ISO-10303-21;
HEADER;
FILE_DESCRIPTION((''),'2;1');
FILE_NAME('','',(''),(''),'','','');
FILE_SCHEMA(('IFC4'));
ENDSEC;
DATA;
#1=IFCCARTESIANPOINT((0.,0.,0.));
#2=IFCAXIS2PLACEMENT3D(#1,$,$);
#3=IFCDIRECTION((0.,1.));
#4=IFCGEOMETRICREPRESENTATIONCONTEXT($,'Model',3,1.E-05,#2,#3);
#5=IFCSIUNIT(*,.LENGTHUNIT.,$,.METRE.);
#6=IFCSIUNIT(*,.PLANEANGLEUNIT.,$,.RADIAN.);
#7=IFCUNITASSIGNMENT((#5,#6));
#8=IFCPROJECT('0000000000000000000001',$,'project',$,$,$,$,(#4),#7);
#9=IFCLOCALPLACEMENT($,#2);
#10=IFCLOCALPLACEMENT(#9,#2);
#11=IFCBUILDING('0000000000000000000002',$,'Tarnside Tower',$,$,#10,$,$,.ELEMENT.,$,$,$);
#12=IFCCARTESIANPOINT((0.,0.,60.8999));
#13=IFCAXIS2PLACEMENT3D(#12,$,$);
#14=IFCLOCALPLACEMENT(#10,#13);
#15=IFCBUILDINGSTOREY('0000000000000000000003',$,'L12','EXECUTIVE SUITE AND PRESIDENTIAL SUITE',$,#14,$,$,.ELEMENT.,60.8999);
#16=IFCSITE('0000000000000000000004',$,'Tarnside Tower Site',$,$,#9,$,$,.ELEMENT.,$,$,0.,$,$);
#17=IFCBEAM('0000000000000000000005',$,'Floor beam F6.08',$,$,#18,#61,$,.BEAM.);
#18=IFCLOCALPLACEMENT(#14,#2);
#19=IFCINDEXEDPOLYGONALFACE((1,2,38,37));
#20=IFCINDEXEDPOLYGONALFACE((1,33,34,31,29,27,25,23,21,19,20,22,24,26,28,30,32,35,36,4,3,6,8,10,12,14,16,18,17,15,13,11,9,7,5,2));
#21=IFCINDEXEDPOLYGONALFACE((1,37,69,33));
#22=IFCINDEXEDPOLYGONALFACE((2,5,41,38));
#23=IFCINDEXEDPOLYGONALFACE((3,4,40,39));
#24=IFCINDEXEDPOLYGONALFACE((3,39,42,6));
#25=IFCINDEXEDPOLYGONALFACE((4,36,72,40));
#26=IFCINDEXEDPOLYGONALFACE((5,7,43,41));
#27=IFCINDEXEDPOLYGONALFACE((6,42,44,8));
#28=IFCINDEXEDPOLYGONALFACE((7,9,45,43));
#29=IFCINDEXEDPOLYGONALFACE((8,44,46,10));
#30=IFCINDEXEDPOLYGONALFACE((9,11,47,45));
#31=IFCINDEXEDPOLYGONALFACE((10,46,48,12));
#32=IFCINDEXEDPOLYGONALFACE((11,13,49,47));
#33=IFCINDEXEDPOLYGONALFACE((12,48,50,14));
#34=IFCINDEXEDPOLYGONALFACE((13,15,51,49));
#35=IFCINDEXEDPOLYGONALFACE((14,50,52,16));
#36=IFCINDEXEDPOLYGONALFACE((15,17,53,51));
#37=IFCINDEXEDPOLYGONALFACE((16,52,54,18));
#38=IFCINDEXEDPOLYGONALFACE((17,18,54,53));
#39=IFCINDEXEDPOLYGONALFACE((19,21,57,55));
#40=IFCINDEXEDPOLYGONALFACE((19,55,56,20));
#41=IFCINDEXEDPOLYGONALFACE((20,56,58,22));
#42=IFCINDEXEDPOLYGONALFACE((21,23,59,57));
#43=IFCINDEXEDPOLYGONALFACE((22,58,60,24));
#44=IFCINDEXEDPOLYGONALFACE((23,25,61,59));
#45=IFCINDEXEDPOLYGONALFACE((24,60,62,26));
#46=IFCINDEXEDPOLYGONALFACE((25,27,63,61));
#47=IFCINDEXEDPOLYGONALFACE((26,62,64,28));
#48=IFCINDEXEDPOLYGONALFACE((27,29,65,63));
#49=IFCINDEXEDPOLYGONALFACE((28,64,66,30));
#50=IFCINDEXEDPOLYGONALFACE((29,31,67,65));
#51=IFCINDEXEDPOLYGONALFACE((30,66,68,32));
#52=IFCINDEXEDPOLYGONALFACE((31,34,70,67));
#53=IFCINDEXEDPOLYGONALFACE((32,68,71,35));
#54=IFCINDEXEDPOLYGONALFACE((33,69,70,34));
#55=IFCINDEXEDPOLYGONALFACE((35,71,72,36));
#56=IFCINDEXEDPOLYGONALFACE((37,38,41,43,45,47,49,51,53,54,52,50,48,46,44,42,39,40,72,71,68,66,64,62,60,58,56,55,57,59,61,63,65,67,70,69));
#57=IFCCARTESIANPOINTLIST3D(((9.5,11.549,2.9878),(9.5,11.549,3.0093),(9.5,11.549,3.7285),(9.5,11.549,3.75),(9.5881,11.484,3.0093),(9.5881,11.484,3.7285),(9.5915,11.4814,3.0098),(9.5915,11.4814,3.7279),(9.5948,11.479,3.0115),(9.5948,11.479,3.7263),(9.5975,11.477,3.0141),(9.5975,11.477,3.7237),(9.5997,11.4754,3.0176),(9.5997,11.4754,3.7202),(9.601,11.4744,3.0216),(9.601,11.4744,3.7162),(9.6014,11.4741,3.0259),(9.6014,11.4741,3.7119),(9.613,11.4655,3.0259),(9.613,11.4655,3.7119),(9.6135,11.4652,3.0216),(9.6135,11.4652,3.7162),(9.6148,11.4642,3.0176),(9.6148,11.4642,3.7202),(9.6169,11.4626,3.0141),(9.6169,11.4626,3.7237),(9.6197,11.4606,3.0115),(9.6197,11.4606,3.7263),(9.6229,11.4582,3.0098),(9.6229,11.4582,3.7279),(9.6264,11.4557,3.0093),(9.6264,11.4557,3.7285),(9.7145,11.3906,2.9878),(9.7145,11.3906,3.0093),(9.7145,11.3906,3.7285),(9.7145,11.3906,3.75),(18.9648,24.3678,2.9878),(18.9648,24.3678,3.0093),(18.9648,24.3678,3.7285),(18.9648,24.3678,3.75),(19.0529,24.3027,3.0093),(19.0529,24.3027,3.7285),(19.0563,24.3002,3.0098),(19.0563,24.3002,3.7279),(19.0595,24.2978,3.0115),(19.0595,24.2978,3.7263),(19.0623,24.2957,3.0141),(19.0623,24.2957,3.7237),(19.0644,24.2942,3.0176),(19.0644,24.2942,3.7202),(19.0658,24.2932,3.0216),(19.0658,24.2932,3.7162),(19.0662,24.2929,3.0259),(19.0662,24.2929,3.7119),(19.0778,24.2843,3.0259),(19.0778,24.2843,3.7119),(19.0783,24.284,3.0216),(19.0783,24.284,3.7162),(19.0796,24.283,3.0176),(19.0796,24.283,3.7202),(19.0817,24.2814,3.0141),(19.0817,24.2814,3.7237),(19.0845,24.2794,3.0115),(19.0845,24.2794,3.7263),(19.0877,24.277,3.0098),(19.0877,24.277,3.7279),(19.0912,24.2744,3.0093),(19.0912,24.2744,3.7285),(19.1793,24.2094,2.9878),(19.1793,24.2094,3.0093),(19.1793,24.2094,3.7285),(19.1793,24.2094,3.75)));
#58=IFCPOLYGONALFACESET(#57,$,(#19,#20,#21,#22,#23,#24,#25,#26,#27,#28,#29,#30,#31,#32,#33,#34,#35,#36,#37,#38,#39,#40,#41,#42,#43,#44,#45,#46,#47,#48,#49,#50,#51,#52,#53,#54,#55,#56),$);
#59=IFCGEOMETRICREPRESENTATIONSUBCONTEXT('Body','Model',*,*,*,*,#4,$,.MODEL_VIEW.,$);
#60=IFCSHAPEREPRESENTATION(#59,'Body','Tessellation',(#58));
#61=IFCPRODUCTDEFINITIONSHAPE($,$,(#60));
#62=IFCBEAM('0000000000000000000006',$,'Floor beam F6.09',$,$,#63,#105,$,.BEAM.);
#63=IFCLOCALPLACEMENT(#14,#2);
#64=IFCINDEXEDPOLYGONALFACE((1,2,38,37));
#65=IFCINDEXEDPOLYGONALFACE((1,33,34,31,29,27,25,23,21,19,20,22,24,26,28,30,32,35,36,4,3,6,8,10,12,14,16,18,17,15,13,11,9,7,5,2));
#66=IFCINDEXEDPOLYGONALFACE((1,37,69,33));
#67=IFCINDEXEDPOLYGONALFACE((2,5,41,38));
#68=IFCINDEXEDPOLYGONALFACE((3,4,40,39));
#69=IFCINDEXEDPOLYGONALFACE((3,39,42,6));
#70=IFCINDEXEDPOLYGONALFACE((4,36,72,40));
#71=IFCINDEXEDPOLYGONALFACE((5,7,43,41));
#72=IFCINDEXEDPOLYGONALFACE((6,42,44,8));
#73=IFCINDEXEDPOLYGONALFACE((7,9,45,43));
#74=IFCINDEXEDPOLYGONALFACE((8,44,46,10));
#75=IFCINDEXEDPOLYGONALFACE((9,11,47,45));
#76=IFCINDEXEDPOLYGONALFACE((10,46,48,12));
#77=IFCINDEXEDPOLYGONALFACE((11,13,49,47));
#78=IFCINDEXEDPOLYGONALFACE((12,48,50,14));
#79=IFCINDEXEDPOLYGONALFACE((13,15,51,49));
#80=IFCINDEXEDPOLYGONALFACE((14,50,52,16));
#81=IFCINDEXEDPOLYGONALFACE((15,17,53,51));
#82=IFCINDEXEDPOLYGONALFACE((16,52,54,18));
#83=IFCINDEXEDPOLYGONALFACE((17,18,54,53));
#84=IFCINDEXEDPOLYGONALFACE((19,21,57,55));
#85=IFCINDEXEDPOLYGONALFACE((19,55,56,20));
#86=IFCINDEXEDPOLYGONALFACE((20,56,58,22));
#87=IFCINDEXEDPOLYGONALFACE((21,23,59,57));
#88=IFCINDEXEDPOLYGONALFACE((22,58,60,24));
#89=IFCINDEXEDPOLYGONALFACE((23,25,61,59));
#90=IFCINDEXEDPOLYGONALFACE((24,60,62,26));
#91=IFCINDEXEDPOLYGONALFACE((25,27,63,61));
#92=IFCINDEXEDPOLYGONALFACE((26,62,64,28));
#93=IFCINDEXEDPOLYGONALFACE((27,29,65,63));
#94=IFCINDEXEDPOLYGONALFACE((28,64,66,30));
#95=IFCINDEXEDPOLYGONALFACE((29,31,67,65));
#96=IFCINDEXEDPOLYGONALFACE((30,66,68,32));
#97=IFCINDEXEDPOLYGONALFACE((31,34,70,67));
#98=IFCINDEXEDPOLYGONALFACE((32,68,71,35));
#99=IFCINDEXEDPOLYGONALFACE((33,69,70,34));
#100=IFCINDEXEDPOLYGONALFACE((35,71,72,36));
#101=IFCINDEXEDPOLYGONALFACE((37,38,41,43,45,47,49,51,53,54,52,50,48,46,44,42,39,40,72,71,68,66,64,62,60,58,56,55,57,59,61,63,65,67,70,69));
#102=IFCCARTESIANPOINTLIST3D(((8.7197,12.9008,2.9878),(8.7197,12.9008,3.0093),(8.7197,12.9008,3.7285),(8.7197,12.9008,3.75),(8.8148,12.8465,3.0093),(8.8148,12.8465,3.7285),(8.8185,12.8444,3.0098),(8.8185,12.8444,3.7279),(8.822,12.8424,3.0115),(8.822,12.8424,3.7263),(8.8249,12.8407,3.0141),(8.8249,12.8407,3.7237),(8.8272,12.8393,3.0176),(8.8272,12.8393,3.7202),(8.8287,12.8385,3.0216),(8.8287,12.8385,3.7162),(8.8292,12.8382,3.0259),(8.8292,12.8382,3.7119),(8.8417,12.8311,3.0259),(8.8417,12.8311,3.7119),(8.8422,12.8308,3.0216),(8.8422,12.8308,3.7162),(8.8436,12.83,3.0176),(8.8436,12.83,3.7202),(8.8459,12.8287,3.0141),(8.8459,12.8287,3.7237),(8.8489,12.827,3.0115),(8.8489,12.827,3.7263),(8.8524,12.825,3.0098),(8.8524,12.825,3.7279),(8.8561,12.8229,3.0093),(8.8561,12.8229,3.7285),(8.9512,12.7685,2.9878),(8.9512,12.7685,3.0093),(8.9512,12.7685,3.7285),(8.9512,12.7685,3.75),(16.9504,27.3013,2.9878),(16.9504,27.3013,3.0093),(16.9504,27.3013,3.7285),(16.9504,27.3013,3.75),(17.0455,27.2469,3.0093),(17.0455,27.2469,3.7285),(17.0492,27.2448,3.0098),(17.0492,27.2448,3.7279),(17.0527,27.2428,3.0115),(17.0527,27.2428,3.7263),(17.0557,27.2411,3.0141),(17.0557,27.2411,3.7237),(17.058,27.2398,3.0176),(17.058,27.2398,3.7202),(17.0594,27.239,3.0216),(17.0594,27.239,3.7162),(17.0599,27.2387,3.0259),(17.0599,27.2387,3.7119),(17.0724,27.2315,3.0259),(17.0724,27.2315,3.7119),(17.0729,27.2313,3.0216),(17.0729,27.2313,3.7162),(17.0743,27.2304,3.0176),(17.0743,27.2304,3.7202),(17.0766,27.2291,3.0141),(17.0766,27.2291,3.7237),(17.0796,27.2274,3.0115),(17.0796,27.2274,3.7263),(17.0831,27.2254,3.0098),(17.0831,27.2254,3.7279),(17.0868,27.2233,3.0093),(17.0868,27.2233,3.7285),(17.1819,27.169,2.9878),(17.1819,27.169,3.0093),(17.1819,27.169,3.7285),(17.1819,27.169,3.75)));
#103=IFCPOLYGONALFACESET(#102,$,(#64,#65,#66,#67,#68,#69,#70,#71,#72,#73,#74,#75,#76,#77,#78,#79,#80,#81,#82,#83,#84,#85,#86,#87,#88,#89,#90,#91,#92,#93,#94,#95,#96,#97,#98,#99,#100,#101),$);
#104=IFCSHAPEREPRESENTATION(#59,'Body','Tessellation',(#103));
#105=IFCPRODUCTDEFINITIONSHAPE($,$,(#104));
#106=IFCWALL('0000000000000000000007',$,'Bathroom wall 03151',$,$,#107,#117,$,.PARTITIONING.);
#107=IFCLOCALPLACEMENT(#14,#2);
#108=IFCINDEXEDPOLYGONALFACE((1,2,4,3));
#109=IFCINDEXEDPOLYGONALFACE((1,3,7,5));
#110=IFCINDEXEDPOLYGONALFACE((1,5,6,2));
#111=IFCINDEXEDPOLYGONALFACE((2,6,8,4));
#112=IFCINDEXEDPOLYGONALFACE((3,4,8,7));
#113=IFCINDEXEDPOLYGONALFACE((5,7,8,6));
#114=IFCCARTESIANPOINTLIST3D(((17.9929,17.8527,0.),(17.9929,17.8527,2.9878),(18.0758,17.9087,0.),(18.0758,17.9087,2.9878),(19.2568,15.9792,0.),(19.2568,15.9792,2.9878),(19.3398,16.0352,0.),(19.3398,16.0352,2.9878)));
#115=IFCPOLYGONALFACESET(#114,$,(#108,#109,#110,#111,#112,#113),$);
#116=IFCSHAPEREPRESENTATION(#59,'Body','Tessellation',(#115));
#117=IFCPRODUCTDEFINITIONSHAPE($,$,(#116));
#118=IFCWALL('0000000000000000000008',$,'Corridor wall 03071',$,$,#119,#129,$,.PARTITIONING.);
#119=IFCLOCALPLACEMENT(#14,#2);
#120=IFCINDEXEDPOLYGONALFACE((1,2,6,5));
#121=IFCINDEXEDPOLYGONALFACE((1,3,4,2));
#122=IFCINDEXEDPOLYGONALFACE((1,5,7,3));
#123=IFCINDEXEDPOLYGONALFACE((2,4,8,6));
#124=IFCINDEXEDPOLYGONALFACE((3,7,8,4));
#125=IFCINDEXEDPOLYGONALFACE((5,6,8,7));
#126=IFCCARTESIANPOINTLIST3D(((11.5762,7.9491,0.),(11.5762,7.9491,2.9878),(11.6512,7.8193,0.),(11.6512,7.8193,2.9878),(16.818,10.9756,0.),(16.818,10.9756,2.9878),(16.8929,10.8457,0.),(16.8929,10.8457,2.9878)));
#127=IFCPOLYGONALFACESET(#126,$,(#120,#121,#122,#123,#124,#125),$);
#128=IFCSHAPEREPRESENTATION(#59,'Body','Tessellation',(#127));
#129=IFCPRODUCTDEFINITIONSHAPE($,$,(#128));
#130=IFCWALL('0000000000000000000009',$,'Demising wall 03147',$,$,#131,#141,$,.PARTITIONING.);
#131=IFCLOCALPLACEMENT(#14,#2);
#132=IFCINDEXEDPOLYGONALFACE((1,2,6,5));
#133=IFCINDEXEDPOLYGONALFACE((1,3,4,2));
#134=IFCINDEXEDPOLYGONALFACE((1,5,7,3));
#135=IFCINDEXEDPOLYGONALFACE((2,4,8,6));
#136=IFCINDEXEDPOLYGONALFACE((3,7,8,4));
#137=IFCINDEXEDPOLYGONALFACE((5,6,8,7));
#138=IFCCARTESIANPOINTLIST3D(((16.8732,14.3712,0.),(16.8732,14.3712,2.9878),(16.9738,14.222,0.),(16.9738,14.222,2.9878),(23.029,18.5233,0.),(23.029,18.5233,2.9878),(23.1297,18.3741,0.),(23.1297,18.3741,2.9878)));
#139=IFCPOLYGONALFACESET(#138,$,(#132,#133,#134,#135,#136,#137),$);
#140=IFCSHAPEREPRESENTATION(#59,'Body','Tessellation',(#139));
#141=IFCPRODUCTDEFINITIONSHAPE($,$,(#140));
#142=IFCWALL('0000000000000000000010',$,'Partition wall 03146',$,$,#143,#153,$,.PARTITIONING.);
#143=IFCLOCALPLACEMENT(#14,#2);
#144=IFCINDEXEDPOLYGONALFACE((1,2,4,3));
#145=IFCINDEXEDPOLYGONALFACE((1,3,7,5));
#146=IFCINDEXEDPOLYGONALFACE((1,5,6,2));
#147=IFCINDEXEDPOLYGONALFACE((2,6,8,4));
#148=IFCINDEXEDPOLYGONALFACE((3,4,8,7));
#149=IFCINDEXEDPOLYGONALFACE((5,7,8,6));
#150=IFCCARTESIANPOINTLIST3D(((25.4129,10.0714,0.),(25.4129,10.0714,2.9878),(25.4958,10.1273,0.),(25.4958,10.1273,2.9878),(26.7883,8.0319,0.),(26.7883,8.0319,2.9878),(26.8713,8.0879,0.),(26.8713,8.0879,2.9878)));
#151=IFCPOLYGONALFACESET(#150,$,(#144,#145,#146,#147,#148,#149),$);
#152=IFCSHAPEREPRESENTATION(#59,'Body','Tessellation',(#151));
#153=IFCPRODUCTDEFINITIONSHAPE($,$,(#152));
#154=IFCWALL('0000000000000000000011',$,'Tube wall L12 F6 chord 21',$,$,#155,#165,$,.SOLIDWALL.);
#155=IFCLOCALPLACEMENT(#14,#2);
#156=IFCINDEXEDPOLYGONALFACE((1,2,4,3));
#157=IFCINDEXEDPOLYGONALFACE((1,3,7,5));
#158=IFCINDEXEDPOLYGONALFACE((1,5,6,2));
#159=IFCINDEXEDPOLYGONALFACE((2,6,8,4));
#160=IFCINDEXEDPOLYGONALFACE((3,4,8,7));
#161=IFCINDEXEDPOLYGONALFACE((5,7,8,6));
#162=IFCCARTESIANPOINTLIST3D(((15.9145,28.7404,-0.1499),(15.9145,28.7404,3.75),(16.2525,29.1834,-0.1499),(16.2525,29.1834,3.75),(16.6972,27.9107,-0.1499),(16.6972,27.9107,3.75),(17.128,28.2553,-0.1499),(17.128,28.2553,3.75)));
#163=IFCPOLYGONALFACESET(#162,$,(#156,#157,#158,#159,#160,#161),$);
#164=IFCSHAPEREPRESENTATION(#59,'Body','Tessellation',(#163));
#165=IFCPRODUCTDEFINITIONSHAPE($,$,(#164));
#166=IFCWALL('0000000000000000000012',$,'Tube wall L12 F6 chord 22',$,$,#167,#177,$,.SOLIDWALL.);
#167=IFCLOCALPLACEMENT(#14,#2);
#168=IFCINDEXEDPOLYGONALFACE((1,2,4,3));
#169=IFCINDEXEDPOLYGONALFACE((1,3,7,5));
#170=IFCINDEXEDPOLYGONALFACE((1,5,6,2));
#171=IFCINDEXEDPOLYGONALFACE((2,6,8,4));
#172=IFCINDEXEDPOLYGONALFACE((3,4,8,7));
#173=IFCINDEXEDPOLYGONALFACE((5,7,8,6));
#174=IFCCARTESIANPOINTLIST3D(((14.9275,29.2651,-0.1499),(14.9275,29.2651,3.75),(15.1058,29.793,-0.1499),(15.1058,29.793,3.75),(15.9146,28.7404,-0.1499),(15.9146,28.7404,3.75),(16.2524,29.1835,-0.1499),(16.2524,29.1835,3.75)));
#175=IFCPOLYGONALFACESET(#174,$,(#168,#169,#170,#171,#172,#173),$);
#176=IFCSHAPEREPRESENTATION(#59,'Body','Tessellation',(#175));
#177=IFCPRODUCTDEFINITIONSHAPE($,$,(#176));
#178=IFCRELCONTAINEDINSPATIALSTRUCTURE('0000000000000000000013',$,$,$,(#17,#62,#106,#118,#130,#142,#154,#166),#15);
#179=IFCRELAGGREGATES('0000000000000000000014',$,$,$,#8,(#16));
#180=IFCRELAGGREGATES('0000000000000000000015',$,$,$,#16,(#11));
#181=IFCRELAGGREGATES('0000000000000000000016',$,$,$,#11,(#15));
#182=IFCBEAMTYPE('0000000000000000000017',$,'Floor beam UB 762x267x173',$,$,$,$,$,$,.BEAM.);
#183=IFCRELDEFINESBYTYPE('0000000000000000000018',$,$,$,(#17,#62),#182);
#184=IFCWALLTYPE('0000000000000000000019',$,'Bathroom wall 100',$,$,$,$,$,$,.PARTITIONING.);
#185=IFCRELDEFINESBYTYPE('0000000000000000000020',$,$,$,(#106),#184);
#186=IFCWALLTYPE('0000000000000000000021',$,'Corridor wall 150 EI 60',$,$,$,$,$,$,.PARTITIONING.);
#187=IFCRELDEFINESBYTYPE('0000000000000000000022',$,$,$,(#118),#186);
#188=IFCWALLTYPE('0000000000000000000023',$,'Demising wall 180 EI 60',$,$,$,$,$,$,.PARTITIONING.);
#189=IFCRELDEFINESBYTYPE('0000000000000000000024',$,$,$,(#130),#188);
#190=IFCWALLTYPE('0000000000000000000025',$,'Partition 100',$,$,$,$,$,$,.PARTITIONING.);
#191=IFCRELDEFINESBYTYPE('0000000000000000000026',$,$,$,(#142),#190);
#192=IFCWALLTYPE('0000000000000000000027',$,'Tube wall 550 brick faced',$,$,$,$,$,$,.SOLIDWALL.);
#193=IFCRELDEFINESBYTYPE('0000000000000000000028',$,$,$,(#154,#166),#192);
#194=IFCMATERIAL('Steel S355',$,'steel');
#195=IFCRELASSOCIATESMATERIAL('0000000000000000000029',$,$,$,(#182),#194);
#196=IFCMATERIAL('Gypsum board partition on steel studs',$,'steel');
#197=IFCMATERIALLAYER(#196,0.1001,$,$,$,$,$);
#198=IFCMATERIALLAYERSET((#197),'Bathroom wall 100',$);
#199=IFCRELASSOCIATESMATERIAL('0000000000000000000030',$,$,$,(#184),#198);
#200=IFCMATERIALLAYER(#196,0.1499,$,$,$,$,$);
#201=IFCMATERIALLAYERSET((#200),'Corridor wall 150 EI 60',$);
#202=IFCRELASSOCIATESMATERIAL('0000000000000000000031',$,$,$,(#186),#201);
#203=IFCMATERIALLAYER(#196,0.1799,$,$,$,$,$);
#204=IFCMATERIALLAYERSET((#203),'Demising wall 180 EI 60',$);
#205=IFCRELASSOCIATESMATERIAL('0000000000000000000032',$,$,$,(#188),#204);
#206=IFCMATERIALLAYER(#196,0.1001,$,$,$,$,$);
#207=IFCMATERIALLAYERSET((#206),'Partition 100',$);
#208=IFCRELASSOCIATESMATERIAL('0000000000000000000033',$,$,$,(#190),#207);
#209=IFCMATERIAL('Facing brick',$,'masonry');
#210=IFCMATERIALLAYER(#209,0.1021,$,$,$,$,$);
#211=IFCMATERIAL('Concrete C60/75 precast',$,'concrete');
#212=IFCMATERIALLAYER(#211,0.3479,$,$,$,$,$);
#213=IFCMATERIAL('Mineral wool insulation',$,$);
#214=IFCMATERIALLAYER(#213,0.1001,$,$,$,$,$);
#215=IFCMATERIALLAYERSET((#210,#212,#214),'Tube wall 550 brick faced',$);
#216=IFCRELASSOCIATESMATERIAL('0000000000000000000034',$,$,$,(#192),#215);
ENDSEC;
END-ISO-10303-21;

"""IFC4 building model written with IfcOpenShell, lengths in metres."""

from ifc_helpers import new_model, si_unit, direction, frame, frame_2d, origin, origin_2d, place, context, subcontext, project, spatial, polyline, rectangle, i_section, outline, extrude, material, layer, layer_set, material_profile, profile_set, type_object, element, save


model = new_model("IFC4")

# Units and contexts
model_context = context("Model", 3, precision=1e-05, world=origin(), true_north=direction((0.0, 1.0)))
body_context = subcontext(model_context, "Body", "Model", "MODEL_VIEW")
ifc_project = project(units=[si_unit("LENGTHUNIT", "METRE"), si_unit("PLANEANGLEUNIT", "RADIAN")], contexts=[model_context])

# Site, building, storey
site_placement = place(None, origin())
site = spatial("IfcSite", under=ifc_project, at=site_placement, Name="Tarnside Tower Site", CompositionType="ELEMENT", RefElevation=0.0)
building_placement = place(site_placement, origin())
building = spatial("IfcBuilding", under=site, at=building_placement, Name="Tarnside Tower", CompositionType="ELEMENT")
storey_placement = place(building_placement, frame((0.0, 0.0, 60.8999)))
storey = spatial("IfcBuildingStorey", under=building, at=storey_placement, Name="L12", Description="EXECUTIVE SUITE AND PRESIDENTIAL SUITE", CompositionType="ELEMENT", Elevation=60.8999)

# Beams
ifc_material_1 = material(Name="Steel S355", Category="steel")
ifc_material_profile_1 = material_profile(ifc_material_1, i_section(OverallWidth=0.2666, OverallDepth=0.7622, WebThickness=0.0144, FlangeThickness=0.0215, FilletRadius=0.0166, at=origin_2d()), Name="UB 762x267x173")
ifc_profile_set_1 = profile_set([ifc_material_profile_1], Name="Steel S355")
beam_type_1 = type_object("IfcBeamType", Name="Floor beam UB 762x267x173", PredefinedType="BEAM", material=ifc_profile_set_1)
beam_1_placement = place(storey_placement, frame((19.072, 24.2886, 3.3689), z_axis=(-0.593987, -0.804475, 0.0), x_axis=(0.804475, -0.593987, 0.0)))
element("IfcBeam", 1, at=beam_1_placement, inside=storey, type_object=beam_type_1, Name="Floor beam F6.08", PredefinedType="BEAM", context=body_context, shape_type="SweptSolid", body=[
    extrude(i_section(OverallWidth=0.2666, OverallDepth=0.7622, WebThickness=0.0144, FlangeThickness=0.0215, FilletRadius=0.0166, at=origin_2d()), origin(), (0.0, 0.0, 1.0), 15.9343),
])
beam_2_placement = place(storey_placement, frame((17.0662, 27.2351, 3.3689), z_axis=(-0.496226, -0.868193, 0.0), x_axis=(0.868193, -0.496226, 0.0)))
element("IfcBeam", 2, at=beam_2_placement, inside=storey, type_object=beam_type_1, Name="Floor beam F6.09", PredefinedType="BEAM", context=body_context, shape_type="SweptSolid", body=[
    extrude(i_section(OverallWidth=0.2666, OverallDepth=0.7622, WebThickness=0.0144, FlangeThickness=0.0215, FilletRadius=0.0166, at=origin_2d()), origin(), (0.0, 0.0, 1.0), 16.5867),
])

# Walls
ifc_material_2 = material(Name="Gypsum board partition on steel studs", Category="steel")
ifc_layer_1 = layer(ifc_material_2, 0.1001)
ifc_layer_set_1 = layer_set([ifc_layer_1], Name="Bathroom wall 100")
wall_type_1 = type_object("IfcWallType", Name="Bathroom wall 100", PredefinedType="PARTITIONING", material=ifc_layer_set_1)
wall_1_placement = place(storey_placement, frame((18.0344, 17.8806, 0.0), z_axis=(0.0, 0.0, 1.0), x_axis=(0.559254, -0.828996, 0.0)))
element("IfcWall", 3, at=wall_1_placement, inside=storey, type_object=wall_type_1, Name="Bathroom wall 03151", PredefinedType="PARTITIONING", context=body_context, shape_type="SweptSolid", body=[
    extrude(rectangle(XDim=2.26, YDim=0.1001, at=frame_2d((1.1299, 0.0))), origin(), (0.0, 0.0, 1.0), 2.9878),
])
ifc_layer_2 = layer(ifc_material_2, 0.1499)
ifc_layer_set_2 = layer_set([ifc_layer_2], Name="Corridor wall 150 EI 60")
wall_type_2 = type_object("IfcWallType", Name="Corridor wall 150 EI 60", PredefinedType="PARTITIONING", material=ifc_layer_set_2)
wall_2_placement = place(storey_placement, frame((16.8555, 10.9106, 0.0), z_axis=(0.0, 0.0, 1.0), x_axis=(-0.86602, -0.500009, 0.0)))
element("IfcWall", 4, at=wall_2_placement, inside=storey, type_object=wall_type_2, Name="Corridor wall 03071", PredefinedType="PARTITIONING", context=body_context, shape_type="SweptSolid", body=[
    extrude(rectangle(XDim=6.0527, YDim=0.1499, at=frame_2d((3.0264, 0.0))), origin(), (0.0, 0.0, 1.0), 2.9878),
])
ifc_layer_3 = layer(ifc_material_2, 0.1799)
ifc_layer_set_3 = layer_set([ifc_layer_3], Name="Demising wall 180 EI 60")
wall_type_3 = type_object("IfcWallType", Name="Demising wall 180 EI 60", PredefinedType="PARTITIONING", material=ifc_layer_set_3)
wall_3_placement = place(storey_placement, frame((23.0793, 18.4487, 0.0), z_axis=(0.0, 0.0, 1.0), x_axis=(-0.829038, -0.559192, 0.0)))
element("IfcWall", 5, at=wall_3_placement, inside=storey, type_object=wall_type_3, Name="Demising wall 03147", PredefinedType="PARTITIONING", context=body_context, shape_type="SweptSolid", body=[
    extrude(rectangle(XDim=7.4253, YDim=0.1799, at=frame_2d((3.7126, 0.0))), origin(), (0.0, 0.0, 1.0), 2.9878),
])
ifc_layer_4 = layer(ifc_material_2, 0.1001)
ifc_layer_set_4 = layer_set([ifc_layer_4], Name="Partition 100")
wall_type_4 = type_object("IfcWallType", Name="Partition 100", PredefinedType="PARTITIONING", material=ifc_layer_set_4)
wall_4_placement = place(storey_placement, frame((25.4543, 10.0994, 0.0), z_axis=(0.0, 0.0, 1.0), x_axis=(0.559135, -0.829076, 0.0)))
element("IfcWall", 6, at=wall_4_placement, inside=storey, type_object=wall_type_4, Name="Partition wall 03146", PredefinedType="PARTITIONING", context=body_context, shape_type="SweptSolid", body=[
    extrude(rectangle(XDim=2.46, YDim=0.1001, at=frame_2d((1.23, 0.0))), origin(), (0.0, 0.0, 1.0), 2.9878),
])
ifc_material_3 = material(Name="Facing brick", Category="masonry")
ifc_layer_5 = layer(ifc_material_3, 0.1021)
ifc_material_4 = material(Name="Concrete C60/75 precast", Category="concrete")
ifc_layer_6 = layer(ifc_material_4, 0.3479)
ifc_material_5 = material(Name="Mineral wool insulation")
ifc_layer_7 = layer(ifc_material_5, 0.1001)
ifc_layer_set_5 = layer_set([ifc_layer_5, ifc_layer_6, ifc_layer_7], Name="Tube wall 550 brick faced")
wall_type_5 = type_object("IfcWallType", Name="Tube wall 550 brick faced", PredefinedType="SOLIDWALL", material=ifc_layer_set_5)
wall_5_placement = place(storey_placement, frame((16.9126, 28.083, -0.1499), z_axis=(0.0, 0.0, 1.0), x_axis=(-0.686196, 0.727416, 0.0)))
element("IfcWall", 7, at=wall_5_placement, inside=storey, type_object=wall_type_5, Name="Tube wall L12 F6 chord 21", PredefinedType="SOLIDWALL", context=body_context, shape_type="SweptSolid", body=[
    extrude(outline(polyline([(-0.0225, -0.2749), (1.2534, -0.2749), (1.1631, 0.2749), (0.0225, 0.2749), (-0.0225, -0.2749)])), origin(), (0.0, 0.0, 1.0), 3.8999),
])
wall_6_placement = place(storey_placement, frame((16.0835, 28.9619, -0.1499), z_axis=(0.0, 0.0, 1.0), x_axis=(-0.882995, 0.469382, 0.0)))
element("IfcWall", 8, at=wall_6_placement, inside=storey, type_object=wall_type_5, Name="Tube wall L12 F6 chord 22", PredefinedType="SOLIDWALL", context=body_context, shape_type="SweptSolid", body=[
    extrude(outline(polyline([(-0.0452, -0.2749), (1.2534, -0.2749), (1.1631, 0.2749), (0.0452, 0.2749), (-0.0452, -0.2749)])), origin(), (0.0, 0.0, 1.0), 3.8999),
])

save(model, "model.ifc")
